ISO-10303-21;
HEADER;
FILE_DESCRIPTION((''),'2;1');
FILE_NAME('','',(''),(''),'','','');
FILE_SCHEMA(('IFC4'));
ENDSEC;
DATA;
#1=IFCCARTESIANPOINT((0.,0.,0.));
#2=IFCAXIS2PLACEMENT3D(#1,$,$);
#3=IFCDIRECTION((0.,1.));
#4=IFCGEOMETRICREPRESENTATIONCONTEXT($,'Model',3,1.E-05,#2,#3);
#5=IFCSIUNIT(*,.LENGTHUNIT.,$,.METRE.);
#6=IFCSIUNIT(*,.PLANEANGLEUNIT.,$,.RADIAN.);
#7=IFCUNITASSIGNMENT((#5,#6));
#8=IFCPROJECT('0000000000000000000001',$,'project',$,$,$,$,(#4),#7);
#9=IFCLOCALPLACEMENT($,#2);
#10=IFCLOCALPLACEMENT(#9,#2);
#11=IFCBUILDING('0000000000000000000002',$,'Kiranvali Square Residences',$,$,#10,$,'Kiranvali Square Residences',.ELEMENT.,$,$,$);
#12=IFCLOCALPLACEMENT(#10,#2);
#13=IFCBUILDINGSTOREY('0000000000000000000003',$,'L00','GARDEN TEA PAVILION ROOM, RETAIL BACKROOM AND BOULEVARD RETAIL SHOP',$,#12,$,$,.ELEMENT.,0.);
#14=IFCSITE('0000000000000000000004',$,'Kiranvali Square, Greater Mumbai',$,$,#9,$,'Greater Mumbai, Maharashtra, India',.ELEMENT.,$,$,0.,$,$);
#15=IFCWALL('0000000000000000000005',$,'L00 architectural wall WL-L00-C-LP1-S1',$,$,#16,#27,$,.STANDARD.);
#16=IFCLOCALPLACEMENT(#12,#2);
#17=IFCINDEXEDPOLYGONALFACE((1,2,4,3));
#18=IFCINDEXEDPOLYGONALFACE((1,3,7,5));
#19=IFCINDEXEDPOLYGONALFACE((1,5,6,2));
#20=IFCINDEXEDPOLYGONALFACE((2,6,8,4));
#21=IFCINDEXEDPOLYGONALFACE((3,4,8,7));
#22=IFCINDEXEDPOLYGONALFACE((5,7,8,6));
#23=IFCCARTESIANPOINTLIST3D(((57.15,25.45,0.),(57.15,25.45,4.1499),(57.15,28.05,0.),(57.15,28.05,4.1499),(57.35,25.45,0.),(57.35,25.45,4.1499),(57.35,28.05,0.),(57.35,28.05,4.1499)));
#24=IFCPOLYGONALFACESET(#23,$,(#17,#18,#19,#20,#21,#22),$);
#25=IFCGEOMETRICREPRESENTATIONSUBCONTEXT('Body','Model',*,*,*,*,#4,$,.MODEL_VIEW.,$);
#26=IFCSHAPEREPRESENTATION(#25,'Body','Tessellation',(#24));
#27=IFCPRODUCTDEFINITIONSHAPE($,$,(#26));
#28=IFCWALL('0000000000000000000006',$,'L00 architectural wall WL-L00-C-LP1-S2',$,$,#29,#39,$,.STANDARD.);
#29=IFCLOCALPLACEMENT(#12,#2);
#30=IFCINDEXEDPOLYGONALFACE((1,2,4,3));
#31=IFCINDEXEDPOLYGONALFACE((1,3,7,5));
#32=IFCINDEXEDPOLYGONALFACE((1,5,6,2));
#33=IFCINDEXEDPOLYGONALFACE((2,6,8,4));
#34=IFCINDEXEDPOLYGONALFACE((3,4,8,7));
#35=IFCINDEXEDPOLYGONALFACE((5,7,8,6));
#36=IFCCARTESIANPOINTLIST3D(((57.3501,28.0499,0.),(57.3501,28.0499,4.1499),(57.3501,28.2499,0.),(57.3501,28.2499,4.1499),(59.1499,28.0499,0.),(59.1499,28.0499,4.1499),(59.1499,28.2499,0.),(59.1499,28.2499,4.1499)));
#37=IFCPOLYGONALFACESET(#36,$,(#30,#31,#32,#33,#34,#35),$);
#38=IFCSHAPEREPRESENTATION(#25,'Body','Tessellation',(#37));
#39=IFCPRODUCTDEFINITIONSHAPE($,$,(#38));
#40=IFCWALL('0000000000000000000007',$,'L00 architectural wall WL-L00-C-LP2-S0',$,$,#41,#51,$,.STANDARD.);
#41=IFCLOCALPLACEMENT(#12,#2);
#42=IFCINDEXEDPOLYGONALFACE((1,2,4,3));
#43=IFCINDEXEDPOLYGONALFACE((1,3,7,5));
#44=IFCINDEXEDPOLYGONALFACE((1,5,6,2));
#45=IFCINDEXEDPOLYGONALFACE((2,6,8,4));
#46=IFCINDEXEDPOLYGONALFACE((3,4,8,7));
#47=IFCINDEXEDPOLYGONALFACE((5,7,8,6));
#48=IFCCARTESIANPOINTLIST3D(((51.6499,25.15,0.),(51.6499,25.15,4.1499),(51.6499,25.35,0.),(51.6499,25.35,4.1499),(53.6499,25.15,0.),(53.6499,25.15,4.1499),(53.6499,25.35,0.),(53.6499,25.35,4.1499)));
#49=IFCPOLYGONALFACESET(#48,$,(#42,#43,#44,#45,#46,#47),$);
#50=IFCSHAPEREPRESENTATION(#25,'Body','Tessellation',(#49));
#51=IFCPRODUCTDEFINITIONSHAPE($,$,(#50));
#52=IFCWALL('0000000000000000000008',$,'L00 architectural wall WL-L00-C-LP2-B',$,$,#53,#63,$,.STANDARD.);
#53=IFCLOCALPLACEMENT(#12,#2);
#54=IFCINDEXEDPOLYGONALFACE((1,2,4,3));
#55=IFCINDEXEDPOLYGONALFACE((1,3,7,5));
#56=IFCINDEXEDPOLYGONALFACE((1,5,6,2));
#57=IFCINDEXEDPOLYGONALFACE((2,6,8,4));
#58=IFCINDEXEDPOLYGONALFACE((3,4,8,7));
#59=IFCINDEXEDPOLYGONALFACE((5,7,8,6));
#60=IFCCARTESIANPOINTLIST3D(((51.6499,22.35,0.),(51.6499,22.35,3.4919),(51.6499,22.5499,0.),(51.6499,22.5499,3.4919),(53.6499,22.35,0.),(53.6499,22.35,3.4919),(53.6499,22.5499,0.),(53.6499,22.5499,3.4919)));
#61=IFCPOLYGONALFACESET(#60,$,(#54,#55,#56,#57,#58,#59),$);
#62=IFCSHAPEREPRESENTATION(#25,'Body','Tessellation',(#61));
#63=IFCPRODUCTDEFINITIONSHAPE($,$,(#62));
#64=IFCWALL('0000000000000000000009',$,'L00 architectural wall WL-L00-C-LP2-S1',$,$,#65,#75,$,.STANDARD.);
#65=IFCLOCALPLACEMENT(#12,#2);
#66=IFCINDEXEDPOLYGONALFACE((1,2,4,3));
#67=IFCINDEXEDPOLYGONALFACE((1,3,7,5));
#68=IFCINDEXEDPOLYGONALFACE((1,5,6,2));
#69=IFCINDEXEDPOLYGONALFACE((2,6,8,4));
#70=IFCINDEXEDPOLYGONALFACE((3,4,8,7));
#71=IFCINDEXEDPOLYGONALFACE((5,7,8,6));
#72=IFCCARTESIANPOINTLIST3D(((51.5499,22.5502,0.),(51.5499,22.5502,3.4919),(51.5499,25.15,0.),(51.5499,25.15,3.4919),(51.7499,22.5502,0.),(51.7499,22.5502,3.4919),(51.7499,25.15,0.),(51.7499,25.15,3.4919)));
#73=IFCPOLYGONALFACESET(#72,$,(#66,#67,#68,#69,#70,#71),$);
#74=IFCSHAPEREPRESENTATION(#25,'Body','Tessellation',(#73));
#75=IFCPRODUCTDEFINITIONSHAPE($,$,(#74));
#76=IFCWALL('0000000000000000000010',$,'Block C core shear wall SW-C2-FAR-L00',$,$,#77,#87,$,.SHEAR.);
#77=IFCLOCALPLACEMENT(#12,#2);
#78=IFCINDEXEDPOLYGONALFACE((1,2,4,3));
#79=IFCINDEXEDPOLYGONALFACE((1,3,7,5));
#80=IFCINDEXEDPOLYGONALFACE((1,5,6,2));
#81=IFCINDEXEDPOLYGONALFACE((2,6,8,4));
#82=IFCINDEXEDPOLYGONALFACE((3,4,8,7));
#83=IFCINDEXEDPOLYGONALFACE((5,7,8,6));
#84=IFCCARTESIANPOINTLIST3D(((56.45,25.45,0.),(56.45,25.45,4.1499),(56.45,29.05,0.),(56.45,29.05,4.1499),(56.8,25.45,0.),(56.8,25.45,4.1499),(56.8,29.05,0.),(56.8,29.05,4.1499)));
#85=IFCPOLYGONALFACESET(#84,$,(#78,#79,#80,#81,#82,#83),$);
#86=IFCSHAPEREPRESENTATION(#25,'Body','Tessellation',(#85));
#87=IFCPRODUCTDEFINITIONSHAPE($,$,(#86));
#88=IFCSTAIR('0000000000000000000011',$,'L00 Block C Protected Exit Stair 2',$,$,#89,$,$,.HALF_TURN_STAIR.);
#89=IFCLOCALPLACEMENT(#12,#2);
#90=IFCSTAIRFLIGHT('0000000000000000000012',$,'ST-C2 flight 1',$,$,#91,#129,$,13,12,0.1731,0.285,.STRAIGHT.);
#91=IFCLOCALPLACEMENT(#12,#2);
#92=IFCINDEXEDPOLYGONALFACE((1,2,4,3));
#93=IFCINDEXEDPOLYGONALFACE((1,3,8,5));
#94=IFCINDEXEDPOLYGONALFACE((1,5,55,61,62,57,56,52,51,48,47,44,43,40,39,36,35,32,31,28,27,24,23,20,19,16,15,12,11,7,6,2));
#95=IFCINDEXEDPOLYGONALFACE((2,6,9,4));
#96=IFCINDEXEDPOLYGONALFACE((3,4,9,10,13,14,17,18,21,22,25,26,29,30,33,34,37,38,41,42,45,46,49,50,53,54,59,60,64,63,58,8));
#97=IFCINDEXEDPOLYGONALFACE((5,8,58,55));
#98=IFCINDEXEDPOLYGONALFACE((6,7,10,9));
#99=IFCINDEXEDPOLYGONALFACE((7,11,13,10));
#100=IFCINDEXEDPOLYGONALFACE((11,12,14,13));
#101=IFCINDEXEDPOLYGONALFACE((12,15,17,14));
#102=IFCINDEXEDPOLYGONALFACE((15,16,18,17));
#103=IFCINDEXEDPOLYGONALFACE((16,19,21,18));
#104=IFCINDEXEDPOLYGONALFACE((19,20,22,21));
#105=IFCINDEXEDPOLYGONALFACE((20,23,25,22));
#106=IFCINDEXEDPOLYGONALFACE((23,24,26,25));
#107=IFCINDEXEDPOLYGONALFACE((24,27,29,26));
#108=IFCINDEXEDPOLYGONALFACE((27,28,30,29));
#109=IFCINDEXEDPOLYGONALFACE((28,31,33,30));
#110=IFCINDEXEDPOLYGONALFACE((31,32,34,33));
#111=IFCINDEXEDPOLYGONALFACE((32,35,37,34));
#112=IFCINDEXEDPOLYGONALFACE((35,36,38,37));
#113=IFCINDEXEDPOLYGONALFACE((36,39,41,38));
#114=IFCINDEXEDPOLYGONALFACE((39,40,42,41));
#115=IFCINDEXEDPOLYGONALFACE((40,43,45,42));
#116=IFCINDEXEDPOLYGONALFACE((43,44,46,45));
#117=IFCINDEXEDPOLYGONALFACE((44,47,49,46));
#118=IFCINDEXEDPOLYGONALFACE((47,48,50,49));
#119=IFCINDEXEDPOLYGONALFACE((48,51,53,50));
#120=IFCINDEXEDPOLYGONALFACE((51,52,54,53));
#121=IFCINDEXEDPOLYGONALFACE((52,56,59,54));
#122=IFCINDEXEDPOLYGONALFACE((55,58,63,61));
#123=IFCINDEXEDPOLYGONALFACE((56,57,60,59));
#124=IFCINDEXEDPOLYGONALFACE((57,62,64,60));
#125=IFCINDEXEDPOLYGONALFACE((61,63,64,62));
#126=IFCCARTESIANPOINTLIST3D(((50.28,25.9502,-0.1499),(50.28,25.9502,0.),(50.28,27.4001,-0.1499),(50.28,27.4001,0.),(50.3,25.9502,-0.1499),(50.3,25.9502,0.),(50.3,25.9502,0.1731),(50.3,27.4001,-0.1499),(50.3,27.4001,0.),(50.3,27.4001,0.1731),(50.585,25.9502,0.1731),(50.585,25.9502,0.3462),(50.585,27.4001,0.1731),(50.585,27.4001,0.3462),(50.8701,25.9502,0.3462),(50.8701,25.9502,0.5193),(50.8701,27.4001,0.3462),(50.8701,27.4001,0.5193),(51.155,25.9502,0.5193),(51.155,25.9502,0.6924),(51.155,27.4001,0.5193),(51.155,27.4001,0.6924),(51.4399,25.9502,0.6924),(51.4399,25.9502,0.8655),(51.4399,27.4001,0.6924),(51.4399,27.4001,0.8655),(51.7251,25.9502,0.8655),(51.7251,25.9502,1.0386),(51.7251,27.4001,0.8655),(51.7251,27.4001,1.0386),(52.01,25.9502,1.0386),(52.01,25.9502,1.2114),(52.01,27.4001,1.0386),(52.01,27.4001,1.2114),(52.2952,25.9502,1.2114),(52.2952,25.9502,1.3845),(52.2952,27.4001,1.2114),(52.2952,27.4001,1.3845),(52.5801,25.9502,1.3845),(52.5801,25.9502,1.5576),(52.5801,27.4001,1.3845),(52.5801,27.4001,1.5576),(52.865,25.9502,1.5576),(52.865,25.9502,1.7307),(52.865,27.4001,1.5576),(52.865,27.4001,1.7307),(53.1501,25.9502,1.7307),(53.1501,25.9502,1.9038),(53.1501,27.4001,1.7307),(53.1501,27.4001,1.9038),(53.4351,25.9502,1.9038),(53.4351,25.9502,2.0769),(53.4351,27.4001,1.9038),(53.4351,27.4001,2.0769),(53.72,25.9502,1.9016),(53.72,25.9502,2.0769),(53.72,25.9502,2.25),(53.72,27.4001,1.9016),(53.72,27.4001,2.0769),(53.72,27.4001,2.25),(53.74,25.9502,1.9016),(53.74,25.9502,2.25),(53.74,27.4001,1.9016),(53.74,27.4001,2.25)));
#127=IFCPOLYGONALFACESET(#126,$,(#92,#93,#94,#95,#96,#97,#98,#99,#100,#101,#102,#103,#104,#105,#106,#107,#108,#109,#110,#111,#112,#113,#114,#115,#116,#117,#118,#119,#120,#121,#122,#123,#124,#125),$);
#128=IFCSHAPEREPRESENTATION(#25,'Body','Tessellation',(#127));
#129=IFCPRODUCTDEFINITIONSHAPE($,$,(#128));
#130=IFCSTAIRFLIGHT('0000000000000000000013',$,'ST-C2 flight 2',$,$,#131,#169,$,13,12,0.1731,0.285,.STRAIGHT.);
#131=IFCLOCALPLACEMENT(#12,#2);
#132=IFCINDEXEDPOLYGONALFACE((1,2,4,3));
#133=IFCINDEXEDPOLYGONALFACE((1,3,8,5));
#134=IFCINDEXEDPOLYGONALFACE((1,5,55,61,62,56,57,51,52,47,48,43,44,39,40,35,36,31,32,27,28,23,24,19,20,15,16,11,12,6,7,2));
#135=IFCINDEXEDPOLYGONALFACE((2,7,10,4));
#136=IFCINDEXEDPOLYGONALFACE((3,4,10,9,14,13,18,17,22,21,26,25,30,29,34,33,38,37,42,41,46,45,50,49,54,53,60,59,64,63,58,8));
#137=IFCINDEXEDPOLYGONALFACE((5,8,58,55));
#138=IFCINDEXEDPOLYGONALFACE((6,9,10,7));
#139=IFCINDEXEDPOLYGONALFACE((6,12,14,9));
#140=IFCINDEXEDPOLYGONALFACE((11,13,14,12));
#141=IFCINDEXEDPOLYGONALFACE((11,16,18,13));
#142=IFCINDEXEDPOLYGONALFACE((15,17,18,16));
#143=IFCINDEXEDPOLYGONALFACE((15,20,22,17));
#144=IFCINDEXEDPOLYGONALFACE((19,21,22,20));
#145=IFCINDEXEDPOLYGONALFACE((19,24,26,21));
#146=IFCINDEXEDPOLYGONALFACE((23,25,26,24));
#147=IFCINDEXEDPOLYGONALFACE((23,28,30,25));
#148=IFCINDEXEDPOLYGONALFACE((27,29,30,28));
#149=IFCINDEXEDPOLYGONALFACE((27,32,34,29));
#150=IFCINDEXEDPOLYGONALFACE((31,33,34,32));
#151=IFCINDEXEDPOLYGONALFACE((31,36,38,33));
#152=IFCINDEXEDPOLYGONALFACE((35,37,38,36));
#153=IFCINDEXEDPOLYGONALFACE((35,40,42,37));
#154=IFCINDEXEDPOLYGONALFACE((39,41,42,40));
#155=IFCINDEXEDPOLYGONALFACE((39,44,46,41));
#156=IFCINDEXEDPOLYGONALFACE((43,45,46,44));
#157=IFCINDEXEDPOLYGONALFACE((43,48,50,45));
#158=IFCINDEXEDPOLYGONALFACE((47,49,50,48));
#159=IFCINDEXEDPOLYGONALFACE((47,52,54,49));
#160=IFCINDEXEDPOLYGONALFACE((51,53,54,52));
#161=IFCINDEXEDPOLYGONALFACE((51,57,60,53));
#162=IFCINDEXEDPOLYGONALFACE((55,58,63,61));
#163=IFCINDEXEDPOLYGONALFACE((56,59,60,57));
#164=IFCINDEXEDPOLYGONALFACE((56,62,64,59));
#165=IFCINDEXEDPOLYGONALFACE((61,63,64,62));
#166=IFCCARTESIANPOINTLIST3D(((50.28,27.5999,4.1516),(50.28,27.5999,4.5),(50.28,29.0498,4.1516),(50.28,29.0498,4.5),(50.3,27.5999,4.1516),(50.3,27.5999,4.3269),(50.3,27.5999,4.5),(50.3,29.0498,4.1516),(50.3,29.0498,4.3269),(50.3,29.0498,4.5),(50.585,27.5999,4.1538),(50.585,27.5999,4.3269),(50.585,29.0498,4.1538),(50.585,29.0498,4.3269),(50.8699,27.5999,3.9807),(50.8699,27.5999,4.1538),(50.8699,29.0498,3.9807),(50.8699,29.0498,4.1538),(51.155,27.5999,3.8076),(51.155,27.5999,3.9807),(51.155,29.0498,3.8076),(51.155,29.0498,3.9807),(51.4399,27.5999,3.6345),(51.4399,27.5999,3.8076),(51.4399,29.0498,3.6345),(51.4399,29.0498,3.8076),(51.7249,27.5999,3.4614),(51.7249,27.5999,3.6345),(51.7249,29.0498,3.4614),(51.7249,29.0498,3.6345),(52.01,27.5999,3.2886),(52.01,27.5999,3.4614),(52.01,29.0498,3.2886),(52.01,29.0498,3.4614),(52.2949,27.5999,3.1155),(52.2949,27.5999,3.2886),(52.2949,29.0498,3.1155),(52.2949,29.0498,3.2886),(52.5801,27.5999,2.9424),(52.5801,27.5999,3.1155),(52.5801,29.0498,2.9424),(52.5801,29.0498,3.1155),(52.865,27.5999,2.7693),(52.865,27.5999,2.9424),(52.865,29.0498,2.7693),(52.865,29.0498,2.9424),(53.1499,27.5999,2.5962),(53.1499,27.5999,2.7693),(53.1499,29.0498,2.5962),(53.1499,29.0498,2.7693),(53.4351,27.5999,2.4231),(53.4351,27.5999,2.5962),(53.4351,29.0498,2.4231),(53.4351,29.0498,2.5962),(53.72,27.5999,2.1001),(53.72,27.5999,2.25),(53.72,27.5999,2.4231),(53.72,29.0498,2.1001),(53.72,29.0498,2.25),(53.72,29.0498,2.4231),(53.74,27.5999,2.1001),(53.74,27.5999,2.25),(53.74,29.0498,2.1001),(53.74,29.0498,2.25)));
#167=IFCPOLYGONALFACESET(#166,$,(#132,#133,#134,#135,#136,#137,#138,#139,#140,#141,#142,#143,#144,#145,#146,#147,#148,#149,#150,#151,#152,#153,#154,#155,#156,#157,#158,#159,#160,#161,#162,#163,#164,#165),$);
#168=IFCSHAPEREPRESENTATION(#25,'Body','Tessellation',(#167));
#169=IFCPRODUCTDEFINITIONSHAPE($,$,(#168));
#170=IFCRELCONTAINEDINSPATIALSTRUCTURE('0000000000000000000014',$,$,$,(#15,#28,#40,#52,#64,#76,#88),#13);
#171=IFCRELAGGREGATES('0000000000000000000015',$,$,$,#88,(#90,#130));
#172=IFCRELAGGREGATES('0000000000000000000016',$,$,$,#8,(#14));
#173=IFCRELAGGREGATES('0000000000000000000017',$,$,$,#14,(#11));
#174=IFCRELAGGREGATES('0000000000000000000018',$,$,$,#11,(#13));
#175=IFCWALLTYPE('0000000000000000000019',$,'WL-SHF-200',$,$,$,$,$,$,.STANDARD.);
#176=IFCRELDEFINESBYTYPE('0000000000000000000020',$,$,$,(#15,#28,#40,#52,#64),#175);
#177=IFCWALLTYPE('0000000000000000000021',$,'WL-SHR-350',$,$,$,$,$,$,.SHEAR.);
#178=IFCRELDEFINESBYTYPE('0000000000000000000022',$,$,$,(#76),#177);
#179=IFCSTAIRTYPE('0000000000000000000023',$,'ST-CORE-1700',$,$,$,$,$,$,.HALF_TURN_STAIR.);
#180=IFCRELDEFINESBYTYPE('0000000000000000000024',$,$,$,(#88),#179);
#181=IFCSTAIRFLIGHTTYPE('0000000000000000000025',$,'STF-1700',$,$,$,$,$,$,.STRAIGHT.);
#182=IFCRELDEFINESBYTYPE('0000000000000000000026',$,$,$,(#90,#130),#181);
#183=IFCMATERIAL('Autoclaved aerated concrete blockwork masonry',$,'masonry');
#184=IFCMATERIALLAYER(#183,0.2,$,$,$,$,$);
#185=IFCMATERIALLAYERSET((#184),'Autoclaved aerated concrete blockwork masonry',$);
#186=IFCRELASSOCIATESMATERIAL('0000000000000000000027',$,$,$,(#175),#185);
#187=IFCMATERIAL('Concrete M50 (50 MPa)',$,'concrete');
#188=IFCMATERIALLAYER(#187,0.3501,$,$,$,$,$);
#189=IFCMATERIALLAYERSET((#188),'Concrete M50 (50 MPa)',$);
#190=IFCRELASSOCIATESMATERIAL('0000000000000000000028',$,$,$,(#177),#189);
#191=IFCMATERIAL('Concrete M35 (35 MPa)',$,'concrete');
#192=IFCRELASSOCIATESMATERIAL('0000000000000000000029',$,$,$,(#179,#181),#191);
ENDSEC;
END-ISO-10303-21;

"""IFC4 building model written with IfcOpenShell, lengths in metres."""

from ifc_helpers import new_model, si_unit, direction, frame, frame_2d, origin, place, context, subcontext, project, spatial, polyline, rectangle, outline, extrude, material, layer, layer_set, type_object, element, aggregate, save


model = new_model("IFC4")

# Units and contexts
model_context = context("Model", 3, precision=1e-05, world=origin(), true_north=direction((0.0, 1.0)))
body_context = subcontext(model_context, "Body", "Model", "MODEL_VIEW")
ifc_project = project(units=[si_unit("LENGTHUNIT", "METRE"), si_unit("PLANEANGLEUNIT", "RADIAN")], contexts=[model_context])

# Site, building, storey
site_placement = place(None, origin())
site = spatial("IfcSite", under=ifc_project, at=site_placement, Name="Kiranvali Square, Greater Mumbai", LongName="Greater Mumbai, Maharashtra, India", CompositionType="ELEMENT", RefElevation=0.0)
building_placement = place(site_placement, origin())
building = spatial("IfcBuilding", under=site, at=building_placement, Name="Kiranvali Square Residences", LongName="Kiranvali Square Residences", CompositionType="ELEMENT")
storey_placement = place(building_placement, origin())
storey = spatial("IfcBuildingStorey", under=building, at=storey_placement, Name="L00", Description="GARDEN TEA PAVILION ROOM, RETAIL BACKROOM AND BOULEVARD RETAIL SHOP", CompositionType="ELEMENT", Elevation=0.0)

# Shared definitions
ifc_material_1 = material(Name="Autoclaved aerated concrete blockwork masonry", Category="masonry")

# Walls
ifc_layer_1 = layer(ifc_material_1, 0.2)
ifc_layer_set_1 = layer_set([ifc_layer_1], Name="Autoclaved aerated concrete blockwork masonry")
wall_type_1 = type_object("IfcWallType", Name="WL-SHF-200", PredefinedType="STANDARD", material=ifc_layer_set_1)
wall_1_placement = place(storey_placement, frame((57.25, 28.05, 0.0), z_axis=(0.0, 0.0, 1.0), x_axis=(0.0, -1.0, 0.0)))
element("IfcWall", 1, at=wall_1_placement, inside=storey, type_object=wall_type_1, Name="L00 architectural wall WL-L00-C-LP1-S1", PredefinedType="STANDARD", context=body_context, shape_type="SweptSolid", body=[
    extrude(rectangle(XDim=2.6001, YDim=0.2, at=frame_2d((1.3, 0.0))), origin(), (0.0, 0.0, 1.0), 4.1499),
])
wall_2_placement = place(storey_placement, frame((57.3501, 28.1499, 0.0), z_axis=(0.0, 0.0, 1.0), x_axis=(1.0, 0.0, 0.0)))
element("IfcWall", 2, at=wall_2_placement, inside=storey, type_object=wall_type_1, Name="L00 architectural wall WL-L00-C-LP1-S2", PredefinedType="STANDARD", context=body_context, shape_type="SweptSolid", body=[
    extrude(rectangle(XDim=1.7998, YDim=0.2, at=frame_2d((0.8999, 0.0))), origin(), (0.0, 0.0, 1.0), 4.1499),
])

# Walls
wall_3_placement = place(storey_placement, frame((51.6499, 25.25, 0.0), z_axis=(0.0, 0.0, 1.0), x_axis=(1.0, 0.0, 0.0)))
element("IfcWall", 3, at=wall_3_placement, inside=storey, type_object=wall_type_1, Name="L00 architectural wall WL-L00-C-LP2-S0", PredefinedType="STANDARD", context=body_context, shape_type="SweptSolid", body=[
    extrude(rectangle(XDim=2.0, YDim=0.2, at=frame_2d((1.0, 0.0))), origin(), (0.0, 0.0, 1.0), 4.1499),
])
wall_4_placement = place(storey_placement, frame((51.6499, 22.45, 0.0), z_axis=(0.0, 0.0, 1.0), x_axis=(1.0, 0.0, 0.0)))
element("IfcWall", 4, at=wall_4_placement, inside=storey, type_object=wall_type_1, Name="L00 architectural wall WL-L00-C-LP2-B", PredefinedType="STANDARD", context=body_context, shape_type="SweptSolid", body=[
    extrude(rectangle(XDim=2.0, YDim=0.2, at=frame_2d((1.0, 0.0))), origin(), (0.0, 0.0, 1.0), 3.4919),
])
wall_5_placement = place(storey_placement, frame((51.6499, 25.1499, 0.0), z_axis=(0.0, 0.0, 1.0), x_axis=(0.0, -1.0, 0.0)))
element("IfcWall", 5, at=wall_5_placement, inside=storey, type_object=wall_type_1, Name="L00 architectural wall WL-L00-C-LP2-S1", PredefinedType="STANDARD", context=body_context, shape_type="SweptSolid", body=[
    extrude(rectangle(XDim=2.5999, YDim=0.2, at=frame_2d((1.2998, 0.0))), origin(), (0.0, 0.0, 1.0), 3.4919),
])

# Wall
ifc_material_2 = material(Name="Concrete M50 (50 MPa)", Category="concrete")
ifc_layer_2 = layer(ifc_material_2, 0.3501)
ifc_layer_set_2 = layer_set([ifc_layer_2], Name="Concrete M50 (50 MPa)")
wall_type_2 = type_object("IfcWallType", Name="WL-SHR-350", PredefinedType="SHEAR", material=ifc_layer_set_2)
wall_6_placement = place(storey_placement, frame((56.625, 29.05, 0.0), z_axis=(0.0, 0.0, 1.0), x_axis=(0.0, -1.0, 0.0)))
element("IfcWall", 6, at=wall_6_placement, inside=storey, type_object=wall_type_2, Name="Block C core shear wall SW-C2-FAR-L00", PredefinedType="SHEAR", context=body_context, shape_type="SweptSolid", body=[
    extrude(rectangle(XDim=3.6001, YDim=0.3501, at=frame_2d((1.8, 0.0))), origin(), (0.0, 0.0, 1.0), 4.1499),
])

# Stair, stair flights
ifc_material_3 = material(Name="Concrete M35 (35 MPa)", Category="concrete")
stair_type = type_object("IfcStairType", Name="ST-CORE-1700", PredefinedType="HALF_TURN_STAIR", material=ifc_material_3)
stair_placement = place(storey_placement, origin())
stair = element("IfcStair", 7, at=stair_placement, inside=storey, type_object=stair_type, Name="L00 Block C Protected Exit Stair 2", PredefinedType="HALF_TURN_STAIR")
stair_flight_type = type_object("IfcStairFlightType", Name="STF-1700", PredefinedType="STRAIGHT", material=ifc_material_3)
stair_flight_1_placement = place(storey_placement, frame((50.3, 26.675, 0.0), z_axis=(0.0, 0.0, 1.0), x_axis=(1.0, 0.0, 0.0)))
stair_flight_1 = element("IfcStairFlight", 8, at=stair_flight_1_placement, type_object=stair_flight_type, Name="ST-C2 flight 1", NumberOfRisers=13, NumberOfTreads=12, PredefinedType="STRAIGHT", RiserHeight=0.1731, TreadLength=0.285, context=body_context, shape_type="SweptSolid", body=[
    extrude(outline(polyline([(-0.02, -0.1499), (-0.02, 0.0), (0.0, 0.0), (0.0, 0.1731), (0.2849, 0.1731), (0.2849, 0.3462), (0.5701, 0.3462), (0.5701, 0.5193), (0.855, 0.5193), (0.855, 0.6924), (1.1399, 0.6924), (1.1399, 0.8655), (1.425, 0.8655), (1.425, 1.0386), (1.71, 1.0386), (1.71, 1.2114), (1.9951, 1.2114), (1.9951, 1.3845), (2.28, 1.3845), (2.28, 1.5576), (2.5649, 1.5576), (2.5649, 1.7307), (2.8501, 1.7307), (2.8501, 1.9038), (3.135, 1.9038), (3.135, 2.0769), (3.4199, 2.0769), (3.4199, 2.25), (3.4399, 2.25), (3.4399, 1.9016), (3.4199, 1.9016), (0.0, -0.1499), (-0.02, -0.1499)])), frame((0.0, 0.7251, 0.0), z_axis=(0.0, -1.0, 0.0), x_axis=(1.0, 0.0, 0.0)), (0.0, 0.0, 1.0), 1.45),
])
stair_flight_2_placement = place(storey_placement, frame((53.72, 28.325, 2.25), z_axis=(0.0, 0.0, 1.0), x_axis=(-1.0, 0.0, 0.0)))
stair_flight_2 = element("IfcStairFlight", 9, at=stair_flight_2_placement, type_object=stair_flight_type, Name="ST-C2 flight 2", NumberOfRisers=13, NumberOfTreads=12, PredefinedType="STRAIGHT", RiserHeight=0.1731, TreadLength=0.285, context=body_context, shape_type="SweptSolid", body=[
    extrude(outline(polyline([(-0.02, -0.1499), (-0.02, 0.0), (0.0, 0.0), (0.0, 0.1731), (0.2849, 0.1731), (0.2849, 0.3462), (0.5701, 0.3462), (0.5701, 0.5193), (0.855, 0.5193), (0.855, 0.6924), (1.1399, 0.6924), (1.1399, 0.8655), (1.425, 0.8655), (1.425, 1.0386), (1.71, 1.0386), (1.71, 1.2114), (1.9951, 1.2114), (1.9951, 1.3845), (2.28, 1.3845), (2.28, 1.5576), (2.5649, 1.5576), (2.5649, 1.7307), (2.8501, 1.7307), (2.8501, 1.9038), (3.135, 1.9038), (3.135, 2.0769), (3.4199, 2.0769), (3.4199, 2.25), (3.4399, 2.25), (3.4399, 1.9016), (3.4199, 1.9016), (0.0, -0.1499), (-0.02, -0.1499)])), frame((0.0, 0.7251, 0.0), z_axis=(0.0, -1.0, 0.0), x_axis=(1.0, 0.0, 0.0)), (0.0, 0.0, 1.0), 1.45),
])
aggregate(stair, [stair_flight_1, stair_flight_2])

save(model, "model.ifc")
